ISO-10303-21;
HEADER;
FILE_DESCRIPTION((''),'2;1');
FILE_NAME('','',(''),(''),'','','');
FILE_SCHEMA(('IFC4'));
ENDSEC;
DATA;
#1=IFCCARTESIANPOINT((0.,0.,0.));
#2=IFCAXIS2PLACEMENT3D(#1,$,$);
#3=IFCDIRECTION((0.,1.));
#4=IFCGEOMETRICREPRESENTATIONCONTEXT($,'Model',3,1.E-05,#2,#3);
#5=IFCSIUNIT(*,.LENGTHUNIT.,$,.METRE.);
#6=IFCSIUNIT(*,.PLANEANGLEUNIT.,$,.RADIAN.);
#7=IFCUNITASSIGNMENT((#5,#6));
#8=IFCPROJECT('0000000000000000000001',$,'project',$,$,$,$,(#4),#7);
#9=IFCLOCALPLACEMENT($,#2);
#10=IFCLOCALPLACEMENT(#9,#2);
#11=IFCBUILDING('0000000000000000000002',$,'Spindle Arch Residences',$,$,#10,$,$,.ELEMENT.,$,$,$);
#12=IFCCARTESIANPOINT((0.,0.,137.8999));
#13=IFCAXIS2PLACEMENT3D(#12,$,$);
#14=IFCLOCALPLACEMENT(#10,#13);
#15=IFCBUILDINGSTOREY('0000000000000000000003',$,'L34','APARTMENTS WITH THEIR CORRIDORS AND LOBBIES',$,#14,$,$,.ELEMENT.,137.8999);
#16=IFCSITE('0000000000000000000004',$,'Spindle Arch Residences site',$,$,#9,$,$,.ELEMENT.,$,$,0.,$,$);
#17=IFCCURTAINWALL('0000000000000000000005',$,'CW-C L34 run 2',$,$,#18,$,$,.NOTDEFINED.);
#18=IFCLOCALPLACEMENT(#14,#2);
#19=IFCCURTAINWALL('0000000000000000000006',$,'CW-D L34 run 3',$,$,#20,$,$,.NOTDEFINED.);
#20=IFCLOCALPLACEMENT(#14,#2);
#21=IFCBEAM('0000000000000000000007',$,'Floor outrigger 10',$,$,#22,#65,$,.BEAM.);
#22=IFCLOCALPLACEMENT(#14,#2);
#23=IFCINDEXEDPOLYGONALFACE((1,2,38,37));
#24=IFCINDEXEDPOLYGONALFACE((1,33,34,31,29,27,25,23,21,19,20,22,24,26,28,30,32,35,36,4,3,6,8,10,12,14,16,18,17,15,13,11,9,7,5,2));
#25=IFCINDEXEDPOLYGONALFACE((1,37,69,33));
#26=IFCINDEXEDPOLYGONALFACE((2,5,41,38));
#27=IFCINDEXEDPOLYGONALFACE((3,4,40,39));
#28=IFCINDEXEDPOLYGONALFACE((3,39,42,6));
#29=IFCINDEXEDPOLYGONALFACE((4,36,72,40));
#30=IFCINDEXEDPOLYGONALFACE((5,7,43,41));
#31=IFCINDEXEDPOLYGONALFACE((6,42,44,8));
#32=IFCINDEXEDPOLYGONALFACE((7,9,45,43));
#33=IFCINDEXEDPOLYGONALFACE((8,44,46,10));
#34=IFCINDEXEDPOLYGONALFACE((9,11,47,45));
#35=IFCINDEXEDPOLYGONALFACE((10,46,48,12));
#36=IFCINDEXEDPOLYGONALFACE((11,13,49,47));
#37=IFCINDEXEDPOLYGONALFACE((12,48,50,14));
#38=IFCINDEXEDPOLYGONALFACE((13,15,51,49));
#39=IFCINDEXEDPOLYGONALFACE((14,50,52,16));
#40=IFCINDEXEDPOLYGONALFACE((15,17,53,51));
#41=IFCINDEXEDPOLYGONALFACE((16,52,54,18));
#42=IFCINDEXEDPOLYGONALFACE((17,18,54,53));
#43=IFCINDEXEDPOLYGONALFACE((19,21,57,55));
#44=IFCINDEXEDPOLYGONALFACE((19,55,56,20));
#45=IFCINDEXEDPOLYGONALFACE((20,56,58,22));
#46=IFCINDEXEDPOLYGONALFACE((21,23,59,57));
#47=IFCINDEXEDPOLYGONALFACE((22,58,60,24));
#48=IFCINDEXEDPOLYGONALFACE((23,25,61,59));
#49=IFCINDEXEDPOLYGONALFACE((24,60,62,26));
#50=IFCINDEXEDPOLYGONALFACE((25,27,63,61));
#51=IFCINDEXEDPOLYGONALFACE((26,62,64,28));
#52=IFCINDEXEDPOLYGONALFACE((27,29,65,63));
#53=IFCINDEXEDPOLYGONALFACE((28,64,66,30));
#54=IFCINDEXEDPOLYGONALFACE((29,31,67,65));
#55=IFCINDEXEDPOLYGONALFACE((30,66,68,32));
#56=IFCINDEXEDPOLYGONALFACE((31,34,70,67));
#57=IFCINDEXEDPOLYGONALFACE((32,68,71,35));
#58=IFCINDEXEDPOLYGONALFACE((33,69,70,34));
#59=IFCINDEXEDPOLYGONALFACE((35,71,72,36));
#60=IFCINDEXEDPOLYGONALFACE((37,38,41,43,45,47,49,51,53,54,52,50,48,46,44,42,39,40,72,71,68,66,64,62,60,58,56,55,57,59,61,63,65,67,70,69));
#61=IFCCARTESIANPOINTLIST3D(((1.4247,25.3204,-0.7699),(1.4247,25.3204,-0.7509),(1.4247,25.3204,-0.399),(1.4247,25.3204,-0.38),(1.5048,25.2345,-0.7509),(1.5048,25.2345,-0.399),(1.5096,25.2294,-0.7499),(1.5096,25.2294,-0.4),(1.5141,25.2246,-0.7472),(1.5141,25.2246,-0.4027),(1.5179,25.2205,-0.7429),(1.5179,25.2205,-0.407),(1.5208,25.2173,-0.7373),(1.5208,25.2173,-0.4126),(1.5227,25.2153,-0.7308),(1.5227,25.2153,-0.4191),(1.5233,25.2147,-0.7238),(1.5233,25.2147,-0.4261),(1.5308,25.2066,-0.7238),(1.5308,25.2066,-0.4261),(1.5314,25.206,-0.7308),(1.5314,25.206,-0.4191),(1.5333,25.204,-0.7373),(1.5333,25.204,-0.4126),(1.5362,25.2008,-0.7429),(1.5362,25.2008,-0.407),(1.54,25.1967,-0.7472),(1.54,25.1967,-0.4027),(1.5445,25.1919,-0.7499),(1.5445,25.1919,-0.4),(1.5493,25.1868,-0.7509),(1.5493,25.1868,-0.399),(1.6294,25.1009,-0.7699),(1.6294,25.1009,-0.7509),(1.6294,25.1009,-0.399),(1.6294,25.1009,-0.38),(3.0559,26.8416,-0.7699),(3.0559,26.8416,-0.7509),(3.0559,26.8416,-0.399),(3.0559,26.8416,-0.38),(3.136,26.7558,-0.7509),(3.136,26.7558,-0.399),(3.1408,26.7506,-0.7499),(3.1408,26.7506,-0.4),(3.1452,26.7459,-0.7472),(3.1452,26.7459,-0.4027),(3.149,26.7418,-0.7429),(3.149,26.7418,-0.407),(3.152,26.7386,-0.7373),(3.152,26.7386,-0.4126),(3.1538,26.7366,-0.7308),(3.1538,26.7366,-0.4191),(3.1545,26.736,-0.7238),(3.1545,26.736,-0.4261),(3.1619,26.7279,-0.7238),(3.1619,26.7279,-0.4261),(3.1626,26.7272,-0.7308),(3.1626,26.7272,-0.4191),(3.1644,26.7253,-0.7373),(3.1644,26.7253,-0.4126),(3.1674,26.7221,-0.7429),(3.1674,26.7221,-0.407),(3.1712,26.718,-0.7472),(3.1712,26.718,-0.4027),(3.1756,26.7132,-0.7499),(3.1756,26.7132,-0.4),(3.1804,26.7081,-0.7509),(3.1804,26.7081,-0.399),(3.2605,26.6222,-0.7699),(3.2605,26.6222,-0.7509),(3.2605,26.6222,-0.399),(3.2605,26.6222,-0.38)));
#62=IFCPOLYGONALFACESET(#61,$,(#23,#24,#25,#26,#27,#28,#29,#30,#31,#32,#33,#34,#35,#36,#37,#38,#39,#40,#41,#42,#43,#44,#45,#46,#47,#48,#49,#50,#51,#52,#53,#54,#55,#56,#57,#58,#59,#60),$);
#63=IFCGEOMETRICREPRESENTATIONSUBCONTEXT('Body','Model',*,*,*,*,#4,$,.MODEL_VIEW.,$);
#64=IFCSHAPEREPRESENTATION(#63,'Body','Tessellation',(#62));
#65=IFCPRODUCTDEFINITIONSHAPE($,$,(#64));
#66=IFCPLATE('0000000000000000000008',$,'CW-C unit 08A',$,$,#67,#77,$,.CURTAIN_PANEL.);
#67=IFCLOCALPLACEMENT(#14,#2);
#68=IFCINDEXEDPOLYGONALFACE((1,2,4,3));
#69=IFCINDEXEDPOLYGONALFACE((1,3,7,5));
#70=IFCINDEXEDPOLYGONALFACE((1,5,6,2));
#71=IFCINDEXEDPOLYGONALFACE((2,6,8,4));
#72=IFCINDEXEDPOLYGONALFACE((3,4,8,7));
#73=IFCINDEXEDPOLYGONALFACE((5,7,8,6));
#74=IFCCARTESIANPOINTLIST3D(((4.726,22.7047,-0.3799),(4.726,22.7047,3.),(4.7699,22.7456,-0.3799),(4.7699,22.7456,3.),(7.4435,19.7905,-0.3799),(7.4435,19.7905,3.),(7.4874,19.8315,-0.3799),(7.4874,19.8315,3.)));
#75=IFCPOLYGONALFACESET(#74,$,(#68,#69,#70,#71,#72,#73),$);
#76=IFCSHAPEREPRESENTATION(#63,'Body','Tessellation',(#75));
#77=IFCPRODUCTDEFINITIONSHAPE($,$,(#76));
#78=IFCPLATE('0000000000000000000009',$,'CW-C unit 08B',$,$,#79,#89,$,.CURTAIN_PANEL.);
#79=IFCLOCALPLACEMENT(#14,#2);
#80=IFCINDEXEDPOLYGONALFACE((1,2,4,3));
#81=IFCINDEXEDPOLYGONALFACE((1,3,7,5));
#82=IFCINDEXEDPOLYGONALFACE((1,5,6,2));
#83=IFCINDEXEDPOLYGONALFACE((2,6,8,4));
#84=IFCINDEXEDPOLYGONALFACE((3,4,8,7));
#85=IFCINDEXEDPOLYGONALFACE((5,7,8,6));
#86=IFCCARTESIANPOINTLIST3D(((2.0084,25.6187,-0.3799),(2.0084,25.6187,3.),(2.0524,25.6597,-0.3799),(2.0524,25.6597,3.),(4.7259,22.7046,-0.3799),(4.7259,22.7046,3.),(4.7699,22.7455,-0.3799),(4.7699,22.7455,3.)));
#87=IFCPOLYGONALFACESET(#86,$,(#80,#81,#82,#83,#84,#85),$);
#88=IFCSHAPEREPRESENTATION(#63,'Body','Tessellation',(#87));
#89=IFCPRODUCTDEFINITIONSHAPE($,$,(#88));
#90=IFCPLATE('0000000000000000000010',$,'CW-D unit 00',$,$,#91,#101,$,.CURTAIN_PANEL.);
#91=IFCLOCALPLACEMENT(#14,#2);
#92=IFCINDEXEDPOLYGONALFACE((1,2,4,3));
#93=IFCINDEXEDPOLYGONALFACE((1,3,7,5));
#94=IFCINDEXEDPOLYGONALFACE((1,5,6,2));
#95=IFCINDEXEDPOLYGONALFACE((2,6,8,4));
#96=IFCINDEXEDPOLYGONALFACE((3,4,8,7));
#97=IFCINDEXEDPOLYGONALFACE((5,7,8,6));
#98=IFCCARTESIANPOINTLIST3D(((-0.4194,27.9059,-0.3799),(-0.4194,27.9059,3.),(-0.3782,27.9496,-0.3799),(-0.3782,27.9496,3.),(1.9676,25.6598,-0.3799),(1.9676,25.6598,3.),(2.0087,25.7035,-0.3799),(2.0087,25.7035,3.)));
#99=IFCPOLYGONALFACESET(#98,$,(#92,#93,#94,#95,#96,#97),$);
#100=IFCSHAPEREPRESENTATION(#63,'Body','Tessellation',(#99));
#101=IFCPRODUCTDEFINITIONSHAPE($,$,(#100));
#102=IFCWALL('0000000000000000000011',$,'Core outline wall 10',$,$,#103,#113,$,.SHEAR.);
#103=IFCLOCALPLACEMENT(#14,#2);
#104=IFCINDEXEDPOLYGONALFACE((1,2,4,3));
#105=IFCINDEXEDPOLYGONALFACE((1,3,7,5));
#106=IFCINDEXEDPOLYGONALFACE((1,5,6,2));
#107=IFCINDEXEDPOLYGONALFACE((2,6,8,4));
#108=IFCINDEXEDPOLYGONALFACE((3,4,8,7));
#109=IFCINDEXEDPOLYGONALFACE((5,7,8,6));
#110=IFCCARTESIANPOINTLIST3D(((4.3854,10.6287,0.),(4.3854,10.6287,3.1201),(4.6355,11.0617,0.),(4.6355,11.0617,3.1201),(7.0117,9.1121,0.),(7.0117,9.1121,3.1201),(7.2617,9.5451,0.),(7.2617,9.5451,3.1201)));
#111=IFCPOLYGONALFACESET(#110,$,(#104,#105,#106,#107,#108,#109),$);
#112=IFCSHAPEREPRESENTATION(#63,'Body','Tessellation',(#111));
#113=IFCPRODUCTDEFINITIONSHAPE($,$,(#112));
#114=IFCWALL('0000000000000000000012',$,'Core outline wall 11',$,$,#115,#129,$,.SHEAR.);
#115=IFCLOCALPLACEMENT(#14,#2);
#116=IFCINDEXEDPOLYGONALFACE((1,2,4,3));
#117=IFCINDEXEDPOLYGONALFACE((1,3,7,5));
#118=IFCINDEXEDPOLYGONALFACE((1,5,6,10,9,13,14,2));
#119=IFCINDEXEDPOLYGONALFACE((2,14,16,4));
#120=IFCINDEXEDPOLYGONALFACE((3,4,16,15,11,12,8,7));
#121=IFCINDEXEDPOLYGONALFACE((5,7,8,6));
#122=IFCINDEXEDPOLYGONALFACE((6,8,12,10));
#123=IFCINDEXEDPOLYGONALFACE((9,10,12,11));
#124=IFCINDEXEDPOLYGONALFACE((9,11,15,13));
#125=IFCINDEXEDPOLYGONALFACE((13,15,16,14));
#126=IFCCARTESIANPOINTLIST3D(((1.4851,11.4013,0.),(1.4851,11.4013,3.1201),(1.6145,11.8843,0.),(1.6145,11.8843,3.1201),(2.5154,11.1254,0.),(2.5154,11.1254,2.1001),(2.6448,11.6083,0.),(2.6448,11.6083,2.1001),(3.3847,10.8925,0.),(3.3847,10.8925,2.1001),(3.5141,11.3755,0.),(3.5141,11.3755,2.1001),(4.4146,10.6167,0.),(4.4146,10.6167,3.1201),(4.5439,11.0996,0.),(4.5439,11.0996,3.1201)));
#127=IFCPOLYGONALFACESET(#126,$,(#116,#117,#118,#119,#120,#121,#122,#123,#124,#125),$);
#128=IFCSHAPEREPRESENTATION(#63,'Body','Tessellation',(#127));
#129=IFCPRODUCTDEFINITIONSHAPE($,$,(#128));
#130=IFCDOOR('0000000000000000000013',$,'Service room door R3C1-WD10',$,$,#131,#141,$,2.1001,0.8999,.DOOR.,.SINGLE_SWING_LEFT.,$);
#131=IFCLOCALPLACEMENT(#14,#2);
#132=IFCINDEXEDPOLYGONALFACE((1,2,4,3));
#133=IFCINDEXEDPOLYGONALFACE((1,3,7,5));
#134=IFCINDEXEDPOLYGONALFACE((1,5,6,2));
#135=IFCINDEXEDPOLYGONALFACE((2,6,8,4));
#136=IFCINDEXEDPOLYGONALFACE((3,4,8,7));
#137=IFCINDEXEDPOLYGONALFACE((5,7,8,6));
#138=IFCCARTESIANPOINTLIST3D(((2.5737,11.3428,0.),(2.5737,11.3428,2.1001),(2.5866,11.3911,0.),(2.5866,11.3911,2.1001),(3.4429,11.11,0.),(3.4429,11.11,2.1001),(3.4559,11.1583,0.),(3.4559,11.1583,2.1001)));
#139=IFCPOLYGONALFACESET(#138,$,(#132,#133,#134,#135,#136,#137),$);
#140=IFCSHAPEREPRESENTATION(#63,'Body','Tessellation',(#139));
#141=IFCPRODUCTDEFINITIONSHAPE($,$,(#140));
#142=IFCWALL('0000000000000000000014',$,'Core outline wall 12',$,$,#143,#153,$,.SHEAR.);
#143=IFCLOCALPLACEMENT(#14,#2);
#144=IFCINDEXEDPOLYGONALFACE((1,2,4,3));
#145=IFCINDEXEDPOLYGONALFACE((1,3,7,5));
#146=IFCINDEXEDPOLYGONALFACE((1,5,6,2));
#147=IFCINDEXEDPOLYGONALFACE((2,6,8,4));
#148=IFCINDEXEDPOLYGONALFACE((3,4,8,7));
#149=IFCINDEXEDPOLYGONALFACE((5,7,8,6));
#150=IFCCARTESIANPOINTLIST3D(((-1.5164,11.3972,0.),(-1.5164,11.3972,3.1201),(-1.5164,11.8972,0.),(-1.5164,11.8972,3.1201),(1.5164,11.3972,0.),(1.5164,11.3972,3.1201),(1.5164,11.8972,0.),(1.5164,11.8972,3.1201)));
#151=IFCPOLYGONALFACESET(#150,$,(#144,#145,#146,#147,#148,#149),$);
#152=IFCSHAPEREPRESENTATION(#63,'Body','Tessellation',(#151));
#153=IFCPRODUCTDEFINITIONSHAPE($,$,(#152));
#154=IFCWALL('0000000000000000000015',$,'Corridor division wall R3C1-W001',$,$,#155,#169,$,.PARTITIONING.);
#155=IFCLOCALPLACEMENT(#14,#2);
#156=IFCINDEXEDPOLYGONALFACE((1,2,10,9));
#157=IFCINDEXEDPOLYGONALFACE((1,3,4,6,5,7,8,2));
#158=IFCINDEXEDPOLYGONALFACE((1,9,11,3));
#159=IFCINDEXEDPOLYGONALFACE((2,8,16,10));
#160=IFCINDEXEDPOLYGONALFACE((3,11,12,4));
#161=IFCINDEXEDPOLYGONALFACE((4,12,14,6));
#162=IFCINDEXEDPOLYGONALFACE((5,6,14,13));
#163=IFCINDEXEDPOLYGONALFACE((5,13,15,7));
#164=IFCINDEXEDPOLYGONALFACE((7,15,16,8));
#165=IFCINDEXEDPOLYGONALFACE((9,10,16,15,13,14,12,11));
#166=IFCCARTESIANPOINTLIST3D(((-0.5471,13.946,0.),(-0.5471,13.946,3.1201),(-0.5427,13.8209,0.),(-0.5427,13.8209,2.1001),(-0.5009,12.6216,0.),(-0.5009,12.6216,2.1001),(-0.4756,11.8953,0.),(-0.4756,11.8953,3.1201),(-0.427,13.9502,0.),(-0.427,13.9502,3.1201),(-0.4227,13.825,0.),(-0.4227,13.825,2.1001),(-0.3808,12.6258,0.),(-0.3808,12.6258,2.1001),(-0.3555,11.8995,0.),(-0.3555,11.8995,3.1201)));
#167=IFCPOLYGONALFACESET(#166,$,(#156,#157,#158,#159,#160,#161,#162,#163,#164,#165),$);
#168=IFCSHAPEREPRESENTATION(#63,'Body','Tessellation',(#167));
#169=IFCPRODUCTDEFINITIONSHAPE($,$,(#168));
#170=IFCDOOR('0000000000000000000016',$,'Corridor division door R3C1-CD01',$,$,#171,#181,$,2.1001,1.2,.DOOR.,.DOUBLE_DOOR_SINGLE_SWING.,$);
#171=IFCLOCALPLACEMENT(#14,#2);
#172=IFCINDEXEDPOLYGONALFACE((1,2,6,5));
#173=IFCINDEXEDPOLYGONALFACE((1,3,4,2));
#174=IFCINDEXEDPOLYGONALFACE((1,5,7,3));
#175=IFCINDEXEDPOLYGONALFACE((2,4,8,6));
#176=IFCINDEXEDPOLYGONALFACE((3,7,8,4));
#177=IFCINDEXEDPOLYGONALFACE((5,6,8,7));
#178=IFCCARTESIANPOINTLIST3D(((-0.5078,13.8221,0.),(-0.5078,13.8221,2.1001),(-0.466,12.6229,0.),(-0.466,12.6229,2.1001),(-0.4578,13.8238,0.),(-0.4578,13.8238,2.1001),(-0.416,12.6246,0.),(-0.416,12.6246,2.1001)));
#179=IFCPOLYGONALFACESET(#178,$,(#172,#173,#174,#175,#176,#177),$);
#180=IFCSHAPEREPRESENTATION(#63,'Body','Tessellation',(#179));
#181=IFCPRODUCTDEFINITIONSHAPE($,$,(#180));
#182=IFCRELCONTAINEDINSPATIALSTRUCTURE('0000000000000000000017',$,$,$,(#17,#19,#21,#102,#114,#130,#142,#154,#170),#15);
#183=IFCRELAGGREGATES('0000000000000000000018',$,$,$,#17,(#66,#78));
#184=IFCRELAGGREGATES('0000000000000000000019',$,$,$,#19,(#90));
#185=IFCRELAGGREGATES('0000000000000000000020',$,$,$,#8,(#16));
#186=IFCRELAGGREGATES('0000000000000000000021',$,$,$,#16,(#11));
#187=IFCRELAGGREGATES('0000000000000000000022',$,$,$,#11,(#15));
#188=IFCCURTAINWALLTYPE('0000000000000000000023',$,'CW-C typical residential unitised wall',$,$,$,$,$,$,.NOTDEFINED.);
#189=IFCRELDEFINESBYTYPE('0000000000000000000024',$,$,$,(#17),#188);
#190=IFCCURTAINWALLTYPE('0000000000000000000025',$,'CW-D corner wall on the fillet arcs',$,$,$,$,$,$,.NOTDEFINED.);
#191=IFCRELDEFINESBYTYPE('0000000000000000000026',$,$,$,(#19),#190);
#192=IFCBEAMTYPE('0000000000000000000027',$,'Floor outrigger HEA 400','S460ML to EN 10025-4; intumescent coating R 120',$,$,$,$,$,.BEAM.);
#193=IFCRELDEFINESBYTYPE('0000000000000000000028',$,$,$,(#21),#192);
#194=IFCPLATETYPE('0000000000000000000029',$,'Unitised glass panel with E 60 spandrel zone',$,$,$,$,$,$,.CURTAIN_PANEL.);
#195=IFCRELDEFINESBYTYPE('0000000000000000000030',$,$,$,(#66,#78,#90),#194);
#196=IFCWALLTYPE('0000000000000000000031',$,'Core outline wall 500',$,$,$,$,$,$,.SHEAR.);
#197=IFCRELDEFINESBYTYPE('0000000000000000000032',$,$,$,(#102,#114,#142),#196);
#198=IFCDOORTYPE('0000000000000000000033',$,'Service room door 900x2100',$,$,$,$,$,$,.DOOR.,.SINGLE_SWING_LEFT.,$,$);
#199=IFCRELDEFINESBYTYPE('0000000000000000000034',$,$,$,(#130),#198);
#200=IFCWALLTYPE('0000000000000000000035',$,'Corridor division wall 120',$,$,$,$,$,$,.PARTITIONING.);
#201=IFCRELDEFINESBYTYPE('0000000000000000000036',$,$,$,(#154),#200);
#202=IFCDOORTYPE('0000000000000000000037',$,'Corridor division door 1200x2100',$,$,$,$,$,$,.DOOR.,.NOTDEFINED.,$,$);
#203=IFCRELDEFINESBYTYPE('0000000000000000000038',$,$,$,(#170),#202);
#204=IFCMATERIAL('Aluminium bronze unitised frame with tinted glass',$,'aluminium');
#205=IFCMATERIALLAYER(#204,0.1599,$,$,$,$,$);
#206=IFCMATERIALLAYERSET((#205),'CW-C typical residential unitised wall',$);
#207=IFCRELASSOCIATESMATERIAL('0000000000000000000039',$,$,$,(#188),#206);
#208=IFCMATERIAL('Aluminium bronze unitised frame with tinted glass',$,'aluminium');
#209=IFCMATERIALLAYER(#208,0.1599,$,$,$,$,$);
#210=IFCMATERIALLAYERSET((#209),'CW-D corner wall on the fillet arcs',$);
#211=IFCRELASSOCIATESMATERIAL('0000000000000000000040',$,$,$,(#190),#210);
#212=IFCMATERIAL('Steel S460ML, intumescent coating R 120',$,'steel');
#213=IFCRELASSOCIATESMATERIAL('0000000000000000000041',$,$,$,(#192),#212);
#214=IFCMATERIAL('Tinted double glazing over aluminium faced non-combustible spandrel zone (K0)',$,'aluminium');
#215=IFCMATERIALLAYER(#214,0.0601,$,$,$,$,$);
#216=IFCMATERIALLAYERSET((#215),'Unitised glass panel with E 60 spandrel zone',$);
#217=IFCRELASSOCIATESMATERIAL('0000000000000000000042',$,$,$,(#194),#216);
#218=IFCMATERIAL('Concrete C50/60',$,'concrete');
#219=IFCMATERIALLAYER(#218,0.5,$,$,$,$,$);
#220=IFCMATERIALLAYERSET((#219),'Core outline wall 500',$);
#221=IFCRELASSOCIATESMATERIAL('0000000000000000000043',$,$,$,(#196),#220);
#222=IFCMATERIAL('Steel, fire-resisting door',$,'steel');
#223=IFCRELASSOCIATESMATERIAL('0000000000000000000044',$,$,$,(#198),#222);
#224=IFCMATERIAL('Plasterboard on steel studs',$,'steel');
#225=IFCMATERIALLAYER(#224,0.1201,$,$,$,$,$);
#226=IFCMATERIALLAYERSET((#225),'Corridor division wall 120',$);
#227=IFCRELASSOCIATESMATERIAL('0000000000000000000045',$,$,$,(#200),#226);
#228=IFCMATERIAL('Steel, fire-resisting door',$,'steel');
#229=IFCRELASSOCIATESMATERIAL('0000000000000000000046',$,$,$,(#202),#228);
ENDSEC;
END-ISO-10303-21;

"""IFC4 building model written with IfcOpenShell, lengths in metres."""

from ifc_helpers import new_model, si_unit, direction, frame, frame_2d, origin, origin_2d, place, context, subcontext, project, spatial, rectangle, i_section, extrude, material, layer, layer_set, material_profile, profile_set, type_object, element, fill, aggregate, save


model = new_model("IFC4")

# Units and contexts
model_context = context("Model", 3, precision=1e-05, world=origin(), true_north=direction((0.0, 1.0)))
body_context = subcontext(model_context, "Body", "Model", "MODEL_VIEW")
ifc_project = project(units=[si_unit("LENGTHUNIT", "METRE"), si_unit("PLANEANGLEUNIT", "RADIAN")], contexts=[model_context])

# Site, building, storey
site_placement = place(None, origin())
site = spatial("IfcSite", under=ifc_project, at=site_placement, Name="Spindle Arch Residences site", CompositionType="ELEMENT", RefElevation=0.0)
building_placement = place(site_placement, origin())
building = spatial("IfcBuilding", under=site, at=building_placement, Name="Spindle Arch Residences", CompositionType="ELEMENT")
storey_placement = place(building_placement, frame((0.0, 0.0, 137.8999)))
storey = spatial("IfcBuildingStorey", under=building, at=storey_placement, Name="L34", Description="APARTMENTS WITH THEIR CORRIDORS AND LOBBIES", CompositionType="ELEMENT", Elevation=137.8999)

# Curtain wall
ifc_material_1 = material(Name="Aluminium bronze unitised frame with tinted glass", Category="aluminium")
ifc_layer_1 = layer(ifc_material_1, 0.1599)
ifc_layer_set_1 = layer_set([ifc_layer_1], Name="CW-C typical residential unitised wall")
curtain_wall_type_1 = type_object("IfcCurtainWallType", Name="CW-C typical residential unitised wall", PredefinedType="NOTDEFINED", material=ifc_layer_set_1)
curtain_wall_1_placement = place(storey_placement, origin())
curtain_wall_1 = element("IfcCurtainWall", 1, at=curtain_wall_1_placement, inside=storey, type_object=curtain_wall_type_1, Name="CW-C L34 run 2", PredefinedType="NOTDEFINED")

# Curtain wall
ifc_material_2 = material(Name="Aluminium bronze unitised frame with tinted glass", Category="aluminium")
ifc_layer_2 = layer(ifc_material_2, 0.1599)
ifc_layer_set_2 = layer_set([ifc_layer_2], Name="CW-D corner wall on the fillet arcs")
curtain_wall_type_2 = type_object("IfcCurtainWallType", Name="CW-D corner wall on the fillet arcs", PredefinedType="NOTDEFINED", material=ifc_layer_set_2)
curtain_wall_2_placement = place(storey_placement, origin())
curtain_wall_2 = element("IfcCurtainWall", 2, at=curtain_wall_2_placement, inside=storey, type_object=curtain_wall_type_2, Name="CW-D L34 run 3", PredefinedType="NOTDEFINED")

# Beam
ifc_material_3 = material(Name="Steel S460ML, intumescent coating R 120", Category="steel")
ifc_material_profile_1 = material_profile(ifc_material_3, i_section(OverallWidth=0.3, OverallDepth=0.3899, WebThickness=0.011, FlangeThickness=0.019, FilletRadius=0.0271, at=origin_2d()), Name="HEA 400")
ifc_profile_set_1 = profile_set([ifc_material_profile_1], Name="Steel S460ML, intumescent coating R 120")
beam_type_1 = type_object("IfcBeamType", Name="Floor outrigger HEA 400", Description="S460ML to EN 10025-4; intumescent coating R 120", PredefinedType="BEAM", material=ifc_profile_set_1)
beam_1_placement = place(storey_placement, frame((3.1582, 26.7319, -0.575), z_axis=(-0.731306, -0.682049, 0.0), x_axis=(0.682049, -0.731306, 0.0)))
element("IfcBeam", 3, at=beam_1_placement, inside=storey, type_object=beam_type_1, Name="Floor outrigger 10", PredefinedType="BEAM", context=body_context, shape_type="SweptSolid", body=[
    extrude(i_section(OverallWidth=0.3, OverallDepth=0.3899, WebThickness=0.011, FlangeThickness=0.019, FilletRadius=0.0271, at=origin_2d()), origin(), (0.0, 0.0, 1.0), 2.2305),
])

# Plates
ifc_material_4 = material(Name="Tinted double glazing over aluminium faced non-combustible spandrel zone (K0)", Category="aluminium")
ifc_layer_3 = layer(ifc_material_4, 0.0601)
ifc_layer_set_3 = layer_set([ifc_layer_3], Name="Unitised glass panel with E 60 spandrel zone")
plate_type = type_object("IfcPlateType", Name="Unitised glass panel with E 60 spandrel zone", PredefinedType="CURTAIN_PANEL", material=ifc_layer_set_3)
plate_1_placement = place(storey_placement, frame((6.1067, 21.2681, -0.3799), z_axis=(0.0, 0.0, 1.0), x_axis=(-0.681998, 0.731354, 0.0)))
plate_1 = element("IfcPlate", 4, at=plate_1_placement, type_object=plate_type, Name="CW-C unit 08A", PredefinedType="CURTAIN_PANEL", context=body_context, shape_type="SweptSolid", body=[
    extrude(rectangle(XDim=3.9846, YDim=0.0601, at=origin_2d()), origin(), (0.0, 0.0, 1.0), 3.3799),
])
plate_2_placement = place(storey_placement, frame((3.3892, 24.1821, -0.3799), z_axis=(0.0, 0.0, 1.0), x_axis=(-0.681998, 0.731354, 0.0)))
plate_2 = element("IfcPlate", 5, at=plate_2_placement, type_object=plate_type, Name="CW-C unit 08B", PredefinedType="CURTAIN_PANEL", context=body_context, shape_type="SweptSolid", body=[
    extrude(rectangle(XDim=3.9846, YDim=0.0601, at=origin_2d()), origin(), (0.0, 0.0, 1.0), 3.3799),
])
aggregate(curtain_wall_1, [plate_1, plate_2])
plate_3_placement = place(storey_placement, frame((0.7947, 26.8047, -0.3799), z_axis=(0.0, 0.0, 1.0), x_axis=(-0.72827, 0.68529, 0.0)))
plate_3 = element("IfcPlate", 6, at=plate_3_placement, type_object=plate_type, Name="CW-D unit 00", PredefinedType="CURTAIN_PANEL", context=body_context, shape_type="SweptSolid", body=[
    extrude(rectangle(XDim=3.2776, YDim=0.0601, at=origin_2d()), origin(), (0.0, 0.0, 1.0), 3.3799),
])
aggregate(curtain_wall_2, [plate_3])

# Wall
ifc_material_5 = material(Name="Concrete C50/60", Category="concrete")
ifc_layer_4 = layer(ifc_material_5, 0.5)
ifc_layer_set_4 = layer_set([ifc_layer_4], Name="Core outline wall 500")
wall_type_1 = type_object("IfcWallType", Name="Core outline wall 500", PredefinedType="SHEAR", material=ifc_layer_set_4)
wall_1_placement = place(storey_placement, frame((7.1367, 9.3286, 0.0), z_axis=(0.0, 0.0, 1.0), x_axis=(-0.865975, 0.500087, 0.0)))
element("IfcWall", 7, at=wall_1_placement, inside=storey, type_object=wall_type_1, Name="Core outline wall 10", PredefinedType="SHEAR", context=body_context, shape_type="SweptSolid", body=[
    extrude(rectangle(XDim=3.0327, YDim=0.5, at=frame_2d((1.5164, 0.0))), origin(), (0.0, 0.0, 1.0), 3.1201),
])

# Wall, opening, door
wall_2_placement = place(storey_placement, frame((4.4792, 10.8582, 0.0), z_axis=(0.0, 0.0, 1.0), x_axis=(-0.965948, 0.258735, 0.0)))
wall_2 = element("IfcWall", 8, at=wall_2_placement, inside=storey, type_object=wall_type_1, Name="Core outline wall 11", PredefinedType="SHEAR", context=body_context, shape_type="SweptSolid", body=[
    extrude(rectangle(XDim=3.0327, YDim=0.5, at=frame_2d((1.5164, 0.0))), origin(), (0.0, 0.0, 1.0), 3.1201),
])
opening_1_placement = place(wall_2_placement, frame((1.0662, 0.0, 0.0)))
opening_1 = element("IfcOpeningElement", 9, at=opening_1_placement, cuts=wall_2, PredefinedType="OPENING", context=body_context, shape_type="SweptSolid", body=[
    extrude(rectangle(XDim=0.8999, YDim=2.1001, at=frame_2d((0.45, 1.05))), frame((0.0, 0.26, 0.0), z_axis=(0.0, -1.0, 0.0), x_axis=(1.0, 0.0, 0.0)), (0.0, 0.0, 1.0), 0.52),
])
ifc_material_6 = material(Name="Steel, fire-resisting door", Category="steel")
door_type_1 = type_object("IfcDoorType", Name="Service room door 900x2100", OperationType="SINGLE_SWING_LEFT", PredefinedType="DOOR", material=ifc_material_6)
door_1_placement = place(opening_1_placement, origin())
door_1 = element("IfcDoor", 10, at=door_1_placement, inside=storey, type_object=door_type_1, Name="Service room door R3C1-WD10", OperationType="SINGLE_SWING_LEFT", OverallHeight=2.1001, OverallWidth=0.8999, PredefinedType="DOOR", context=body_context, shape_type="SweptSolid", body=[
    extrude(rectangle(XDim=0.8999, YDim=2.1001, at=frame_2d((0.45, 1.05))), frame((0.0, 0.0249, 0.0), z_axis=(0.0, -1.0, 0.0), x_axis=(1.0, 0.0, 0.0)), (0.0, 0.0, 1.0), 0.05),
])
fill(opening_1, door_1)

# Wall
wall_3_placement = place(storey_placement, frame((1.5164, 11.6472, 0.0), z_axis=(0.0, 0.0, 1.0), x_axis=(-1.0, 0.0, 0.0)))
element("IfcWall", 11, at=wall_3_placement, inside=storey, type_object=wall_type_1, Name="Core outline wall 12", PredefinedType="SHEAR", context=body_context, shape_type="SweptSolid", body=[
    extrude(rectangle(XDim=3.0327, YDim=0.5, at=frame_2d((1.5164, 0.0))), origin(), (0.0, 0.0, 1.0), 3.1201),
])

# Wall, opening, door
ifc_material_7 = material(Name="Plasterboard on steel studs", Category="steel")
ifc_layer_5 = layer(ifc_material_7, 0.1201)
ifc_layer_set_5 = layer_set([ifc_layer_5], Name="Corridor division wall 120")
wall_type_2 = type_object("IfcWallType", Name="Corridor division wall 120", PredefinedType="PARTITIONING", material=ifc_layer_set_5)
wall_4_placement = place(storey_placement, frame((-0.4871, 13.948, 0.0), z_axis=(0.0, 0.0, 1.0), x_axis=(0.03486, -0.999392, 0.0)))
wall_4 = element("IfcWall", 12, at=wall_4_placement, inside=storey, type_object=wall_type_2, Name="Corridor division wall R3C1-W001", PredefinedType="PARTITIONING", context=body_context, shape_type="SweptSolid", body=[
    extrude(rectangle(XDim=2.052, YDim=0.1201, at=frame_2d((1.0259, 0.0))), origin(), (0.0, 0.0, 1.0), 3.1201),
])
opening_2_placement = place(wall_4_placement, frame((0.125, 0.0, 0.0)))
opening_2 = element("IfcOpeningElement", 13, at=opening_2_placement, cuts=wall_4, PredefinedType="OPENING", context=body_context, shape_type="SweptSolid", body=[
    extrude(rectangle(XDim=1.2, YDim=2.1001, at=frame_2d((0.6001, 1.05))), frame((0.0, 0.0701, 0.0), z_axis=(0.0, -1.0, 0.0), x_axis=(1.0, 0.0, 0.0)), (0.0, 0.0, 1.0), 0.1401),
])
ifc_material_8 = material(Name="Steel, fire-resisting door", Category="steel")
door_type_2 = type_object("IfcDoorType", Name="Corridor division door 1200x2100", OperationType="NOTDEFINED", PredefinedType="DOOR", material=ifc_material_8)
door_2_placement = place(opening_2_placement, origin())
door_2 = element("IfcDoor", 14, at=door_2_placement, inside=storey, type_object=door_type_2, Name="Corridor division door R3C1-CD01", OperationType="DOUBLE_DOOR_SINGLE_SWING", OverallHeight=2.1001, OverallWidth=1.2, PredefinedType="DOOR", context=body_context, shape_type="SweptSolid", body=[
    extrude(rectangle(XDim=1.2, YDim=2.1001, at=frame_2d((0.6001, 1.05))), frame((0.0, 0.0249, 0.0), z_axis=(0.0, -1.0, 0.0), x_axis=(1.0, 0.0, 0.0)), (0.0, 0.0, 1.0), 0.05),
])
fill(opening_2, door_2)

save(model, "model.ifc")
